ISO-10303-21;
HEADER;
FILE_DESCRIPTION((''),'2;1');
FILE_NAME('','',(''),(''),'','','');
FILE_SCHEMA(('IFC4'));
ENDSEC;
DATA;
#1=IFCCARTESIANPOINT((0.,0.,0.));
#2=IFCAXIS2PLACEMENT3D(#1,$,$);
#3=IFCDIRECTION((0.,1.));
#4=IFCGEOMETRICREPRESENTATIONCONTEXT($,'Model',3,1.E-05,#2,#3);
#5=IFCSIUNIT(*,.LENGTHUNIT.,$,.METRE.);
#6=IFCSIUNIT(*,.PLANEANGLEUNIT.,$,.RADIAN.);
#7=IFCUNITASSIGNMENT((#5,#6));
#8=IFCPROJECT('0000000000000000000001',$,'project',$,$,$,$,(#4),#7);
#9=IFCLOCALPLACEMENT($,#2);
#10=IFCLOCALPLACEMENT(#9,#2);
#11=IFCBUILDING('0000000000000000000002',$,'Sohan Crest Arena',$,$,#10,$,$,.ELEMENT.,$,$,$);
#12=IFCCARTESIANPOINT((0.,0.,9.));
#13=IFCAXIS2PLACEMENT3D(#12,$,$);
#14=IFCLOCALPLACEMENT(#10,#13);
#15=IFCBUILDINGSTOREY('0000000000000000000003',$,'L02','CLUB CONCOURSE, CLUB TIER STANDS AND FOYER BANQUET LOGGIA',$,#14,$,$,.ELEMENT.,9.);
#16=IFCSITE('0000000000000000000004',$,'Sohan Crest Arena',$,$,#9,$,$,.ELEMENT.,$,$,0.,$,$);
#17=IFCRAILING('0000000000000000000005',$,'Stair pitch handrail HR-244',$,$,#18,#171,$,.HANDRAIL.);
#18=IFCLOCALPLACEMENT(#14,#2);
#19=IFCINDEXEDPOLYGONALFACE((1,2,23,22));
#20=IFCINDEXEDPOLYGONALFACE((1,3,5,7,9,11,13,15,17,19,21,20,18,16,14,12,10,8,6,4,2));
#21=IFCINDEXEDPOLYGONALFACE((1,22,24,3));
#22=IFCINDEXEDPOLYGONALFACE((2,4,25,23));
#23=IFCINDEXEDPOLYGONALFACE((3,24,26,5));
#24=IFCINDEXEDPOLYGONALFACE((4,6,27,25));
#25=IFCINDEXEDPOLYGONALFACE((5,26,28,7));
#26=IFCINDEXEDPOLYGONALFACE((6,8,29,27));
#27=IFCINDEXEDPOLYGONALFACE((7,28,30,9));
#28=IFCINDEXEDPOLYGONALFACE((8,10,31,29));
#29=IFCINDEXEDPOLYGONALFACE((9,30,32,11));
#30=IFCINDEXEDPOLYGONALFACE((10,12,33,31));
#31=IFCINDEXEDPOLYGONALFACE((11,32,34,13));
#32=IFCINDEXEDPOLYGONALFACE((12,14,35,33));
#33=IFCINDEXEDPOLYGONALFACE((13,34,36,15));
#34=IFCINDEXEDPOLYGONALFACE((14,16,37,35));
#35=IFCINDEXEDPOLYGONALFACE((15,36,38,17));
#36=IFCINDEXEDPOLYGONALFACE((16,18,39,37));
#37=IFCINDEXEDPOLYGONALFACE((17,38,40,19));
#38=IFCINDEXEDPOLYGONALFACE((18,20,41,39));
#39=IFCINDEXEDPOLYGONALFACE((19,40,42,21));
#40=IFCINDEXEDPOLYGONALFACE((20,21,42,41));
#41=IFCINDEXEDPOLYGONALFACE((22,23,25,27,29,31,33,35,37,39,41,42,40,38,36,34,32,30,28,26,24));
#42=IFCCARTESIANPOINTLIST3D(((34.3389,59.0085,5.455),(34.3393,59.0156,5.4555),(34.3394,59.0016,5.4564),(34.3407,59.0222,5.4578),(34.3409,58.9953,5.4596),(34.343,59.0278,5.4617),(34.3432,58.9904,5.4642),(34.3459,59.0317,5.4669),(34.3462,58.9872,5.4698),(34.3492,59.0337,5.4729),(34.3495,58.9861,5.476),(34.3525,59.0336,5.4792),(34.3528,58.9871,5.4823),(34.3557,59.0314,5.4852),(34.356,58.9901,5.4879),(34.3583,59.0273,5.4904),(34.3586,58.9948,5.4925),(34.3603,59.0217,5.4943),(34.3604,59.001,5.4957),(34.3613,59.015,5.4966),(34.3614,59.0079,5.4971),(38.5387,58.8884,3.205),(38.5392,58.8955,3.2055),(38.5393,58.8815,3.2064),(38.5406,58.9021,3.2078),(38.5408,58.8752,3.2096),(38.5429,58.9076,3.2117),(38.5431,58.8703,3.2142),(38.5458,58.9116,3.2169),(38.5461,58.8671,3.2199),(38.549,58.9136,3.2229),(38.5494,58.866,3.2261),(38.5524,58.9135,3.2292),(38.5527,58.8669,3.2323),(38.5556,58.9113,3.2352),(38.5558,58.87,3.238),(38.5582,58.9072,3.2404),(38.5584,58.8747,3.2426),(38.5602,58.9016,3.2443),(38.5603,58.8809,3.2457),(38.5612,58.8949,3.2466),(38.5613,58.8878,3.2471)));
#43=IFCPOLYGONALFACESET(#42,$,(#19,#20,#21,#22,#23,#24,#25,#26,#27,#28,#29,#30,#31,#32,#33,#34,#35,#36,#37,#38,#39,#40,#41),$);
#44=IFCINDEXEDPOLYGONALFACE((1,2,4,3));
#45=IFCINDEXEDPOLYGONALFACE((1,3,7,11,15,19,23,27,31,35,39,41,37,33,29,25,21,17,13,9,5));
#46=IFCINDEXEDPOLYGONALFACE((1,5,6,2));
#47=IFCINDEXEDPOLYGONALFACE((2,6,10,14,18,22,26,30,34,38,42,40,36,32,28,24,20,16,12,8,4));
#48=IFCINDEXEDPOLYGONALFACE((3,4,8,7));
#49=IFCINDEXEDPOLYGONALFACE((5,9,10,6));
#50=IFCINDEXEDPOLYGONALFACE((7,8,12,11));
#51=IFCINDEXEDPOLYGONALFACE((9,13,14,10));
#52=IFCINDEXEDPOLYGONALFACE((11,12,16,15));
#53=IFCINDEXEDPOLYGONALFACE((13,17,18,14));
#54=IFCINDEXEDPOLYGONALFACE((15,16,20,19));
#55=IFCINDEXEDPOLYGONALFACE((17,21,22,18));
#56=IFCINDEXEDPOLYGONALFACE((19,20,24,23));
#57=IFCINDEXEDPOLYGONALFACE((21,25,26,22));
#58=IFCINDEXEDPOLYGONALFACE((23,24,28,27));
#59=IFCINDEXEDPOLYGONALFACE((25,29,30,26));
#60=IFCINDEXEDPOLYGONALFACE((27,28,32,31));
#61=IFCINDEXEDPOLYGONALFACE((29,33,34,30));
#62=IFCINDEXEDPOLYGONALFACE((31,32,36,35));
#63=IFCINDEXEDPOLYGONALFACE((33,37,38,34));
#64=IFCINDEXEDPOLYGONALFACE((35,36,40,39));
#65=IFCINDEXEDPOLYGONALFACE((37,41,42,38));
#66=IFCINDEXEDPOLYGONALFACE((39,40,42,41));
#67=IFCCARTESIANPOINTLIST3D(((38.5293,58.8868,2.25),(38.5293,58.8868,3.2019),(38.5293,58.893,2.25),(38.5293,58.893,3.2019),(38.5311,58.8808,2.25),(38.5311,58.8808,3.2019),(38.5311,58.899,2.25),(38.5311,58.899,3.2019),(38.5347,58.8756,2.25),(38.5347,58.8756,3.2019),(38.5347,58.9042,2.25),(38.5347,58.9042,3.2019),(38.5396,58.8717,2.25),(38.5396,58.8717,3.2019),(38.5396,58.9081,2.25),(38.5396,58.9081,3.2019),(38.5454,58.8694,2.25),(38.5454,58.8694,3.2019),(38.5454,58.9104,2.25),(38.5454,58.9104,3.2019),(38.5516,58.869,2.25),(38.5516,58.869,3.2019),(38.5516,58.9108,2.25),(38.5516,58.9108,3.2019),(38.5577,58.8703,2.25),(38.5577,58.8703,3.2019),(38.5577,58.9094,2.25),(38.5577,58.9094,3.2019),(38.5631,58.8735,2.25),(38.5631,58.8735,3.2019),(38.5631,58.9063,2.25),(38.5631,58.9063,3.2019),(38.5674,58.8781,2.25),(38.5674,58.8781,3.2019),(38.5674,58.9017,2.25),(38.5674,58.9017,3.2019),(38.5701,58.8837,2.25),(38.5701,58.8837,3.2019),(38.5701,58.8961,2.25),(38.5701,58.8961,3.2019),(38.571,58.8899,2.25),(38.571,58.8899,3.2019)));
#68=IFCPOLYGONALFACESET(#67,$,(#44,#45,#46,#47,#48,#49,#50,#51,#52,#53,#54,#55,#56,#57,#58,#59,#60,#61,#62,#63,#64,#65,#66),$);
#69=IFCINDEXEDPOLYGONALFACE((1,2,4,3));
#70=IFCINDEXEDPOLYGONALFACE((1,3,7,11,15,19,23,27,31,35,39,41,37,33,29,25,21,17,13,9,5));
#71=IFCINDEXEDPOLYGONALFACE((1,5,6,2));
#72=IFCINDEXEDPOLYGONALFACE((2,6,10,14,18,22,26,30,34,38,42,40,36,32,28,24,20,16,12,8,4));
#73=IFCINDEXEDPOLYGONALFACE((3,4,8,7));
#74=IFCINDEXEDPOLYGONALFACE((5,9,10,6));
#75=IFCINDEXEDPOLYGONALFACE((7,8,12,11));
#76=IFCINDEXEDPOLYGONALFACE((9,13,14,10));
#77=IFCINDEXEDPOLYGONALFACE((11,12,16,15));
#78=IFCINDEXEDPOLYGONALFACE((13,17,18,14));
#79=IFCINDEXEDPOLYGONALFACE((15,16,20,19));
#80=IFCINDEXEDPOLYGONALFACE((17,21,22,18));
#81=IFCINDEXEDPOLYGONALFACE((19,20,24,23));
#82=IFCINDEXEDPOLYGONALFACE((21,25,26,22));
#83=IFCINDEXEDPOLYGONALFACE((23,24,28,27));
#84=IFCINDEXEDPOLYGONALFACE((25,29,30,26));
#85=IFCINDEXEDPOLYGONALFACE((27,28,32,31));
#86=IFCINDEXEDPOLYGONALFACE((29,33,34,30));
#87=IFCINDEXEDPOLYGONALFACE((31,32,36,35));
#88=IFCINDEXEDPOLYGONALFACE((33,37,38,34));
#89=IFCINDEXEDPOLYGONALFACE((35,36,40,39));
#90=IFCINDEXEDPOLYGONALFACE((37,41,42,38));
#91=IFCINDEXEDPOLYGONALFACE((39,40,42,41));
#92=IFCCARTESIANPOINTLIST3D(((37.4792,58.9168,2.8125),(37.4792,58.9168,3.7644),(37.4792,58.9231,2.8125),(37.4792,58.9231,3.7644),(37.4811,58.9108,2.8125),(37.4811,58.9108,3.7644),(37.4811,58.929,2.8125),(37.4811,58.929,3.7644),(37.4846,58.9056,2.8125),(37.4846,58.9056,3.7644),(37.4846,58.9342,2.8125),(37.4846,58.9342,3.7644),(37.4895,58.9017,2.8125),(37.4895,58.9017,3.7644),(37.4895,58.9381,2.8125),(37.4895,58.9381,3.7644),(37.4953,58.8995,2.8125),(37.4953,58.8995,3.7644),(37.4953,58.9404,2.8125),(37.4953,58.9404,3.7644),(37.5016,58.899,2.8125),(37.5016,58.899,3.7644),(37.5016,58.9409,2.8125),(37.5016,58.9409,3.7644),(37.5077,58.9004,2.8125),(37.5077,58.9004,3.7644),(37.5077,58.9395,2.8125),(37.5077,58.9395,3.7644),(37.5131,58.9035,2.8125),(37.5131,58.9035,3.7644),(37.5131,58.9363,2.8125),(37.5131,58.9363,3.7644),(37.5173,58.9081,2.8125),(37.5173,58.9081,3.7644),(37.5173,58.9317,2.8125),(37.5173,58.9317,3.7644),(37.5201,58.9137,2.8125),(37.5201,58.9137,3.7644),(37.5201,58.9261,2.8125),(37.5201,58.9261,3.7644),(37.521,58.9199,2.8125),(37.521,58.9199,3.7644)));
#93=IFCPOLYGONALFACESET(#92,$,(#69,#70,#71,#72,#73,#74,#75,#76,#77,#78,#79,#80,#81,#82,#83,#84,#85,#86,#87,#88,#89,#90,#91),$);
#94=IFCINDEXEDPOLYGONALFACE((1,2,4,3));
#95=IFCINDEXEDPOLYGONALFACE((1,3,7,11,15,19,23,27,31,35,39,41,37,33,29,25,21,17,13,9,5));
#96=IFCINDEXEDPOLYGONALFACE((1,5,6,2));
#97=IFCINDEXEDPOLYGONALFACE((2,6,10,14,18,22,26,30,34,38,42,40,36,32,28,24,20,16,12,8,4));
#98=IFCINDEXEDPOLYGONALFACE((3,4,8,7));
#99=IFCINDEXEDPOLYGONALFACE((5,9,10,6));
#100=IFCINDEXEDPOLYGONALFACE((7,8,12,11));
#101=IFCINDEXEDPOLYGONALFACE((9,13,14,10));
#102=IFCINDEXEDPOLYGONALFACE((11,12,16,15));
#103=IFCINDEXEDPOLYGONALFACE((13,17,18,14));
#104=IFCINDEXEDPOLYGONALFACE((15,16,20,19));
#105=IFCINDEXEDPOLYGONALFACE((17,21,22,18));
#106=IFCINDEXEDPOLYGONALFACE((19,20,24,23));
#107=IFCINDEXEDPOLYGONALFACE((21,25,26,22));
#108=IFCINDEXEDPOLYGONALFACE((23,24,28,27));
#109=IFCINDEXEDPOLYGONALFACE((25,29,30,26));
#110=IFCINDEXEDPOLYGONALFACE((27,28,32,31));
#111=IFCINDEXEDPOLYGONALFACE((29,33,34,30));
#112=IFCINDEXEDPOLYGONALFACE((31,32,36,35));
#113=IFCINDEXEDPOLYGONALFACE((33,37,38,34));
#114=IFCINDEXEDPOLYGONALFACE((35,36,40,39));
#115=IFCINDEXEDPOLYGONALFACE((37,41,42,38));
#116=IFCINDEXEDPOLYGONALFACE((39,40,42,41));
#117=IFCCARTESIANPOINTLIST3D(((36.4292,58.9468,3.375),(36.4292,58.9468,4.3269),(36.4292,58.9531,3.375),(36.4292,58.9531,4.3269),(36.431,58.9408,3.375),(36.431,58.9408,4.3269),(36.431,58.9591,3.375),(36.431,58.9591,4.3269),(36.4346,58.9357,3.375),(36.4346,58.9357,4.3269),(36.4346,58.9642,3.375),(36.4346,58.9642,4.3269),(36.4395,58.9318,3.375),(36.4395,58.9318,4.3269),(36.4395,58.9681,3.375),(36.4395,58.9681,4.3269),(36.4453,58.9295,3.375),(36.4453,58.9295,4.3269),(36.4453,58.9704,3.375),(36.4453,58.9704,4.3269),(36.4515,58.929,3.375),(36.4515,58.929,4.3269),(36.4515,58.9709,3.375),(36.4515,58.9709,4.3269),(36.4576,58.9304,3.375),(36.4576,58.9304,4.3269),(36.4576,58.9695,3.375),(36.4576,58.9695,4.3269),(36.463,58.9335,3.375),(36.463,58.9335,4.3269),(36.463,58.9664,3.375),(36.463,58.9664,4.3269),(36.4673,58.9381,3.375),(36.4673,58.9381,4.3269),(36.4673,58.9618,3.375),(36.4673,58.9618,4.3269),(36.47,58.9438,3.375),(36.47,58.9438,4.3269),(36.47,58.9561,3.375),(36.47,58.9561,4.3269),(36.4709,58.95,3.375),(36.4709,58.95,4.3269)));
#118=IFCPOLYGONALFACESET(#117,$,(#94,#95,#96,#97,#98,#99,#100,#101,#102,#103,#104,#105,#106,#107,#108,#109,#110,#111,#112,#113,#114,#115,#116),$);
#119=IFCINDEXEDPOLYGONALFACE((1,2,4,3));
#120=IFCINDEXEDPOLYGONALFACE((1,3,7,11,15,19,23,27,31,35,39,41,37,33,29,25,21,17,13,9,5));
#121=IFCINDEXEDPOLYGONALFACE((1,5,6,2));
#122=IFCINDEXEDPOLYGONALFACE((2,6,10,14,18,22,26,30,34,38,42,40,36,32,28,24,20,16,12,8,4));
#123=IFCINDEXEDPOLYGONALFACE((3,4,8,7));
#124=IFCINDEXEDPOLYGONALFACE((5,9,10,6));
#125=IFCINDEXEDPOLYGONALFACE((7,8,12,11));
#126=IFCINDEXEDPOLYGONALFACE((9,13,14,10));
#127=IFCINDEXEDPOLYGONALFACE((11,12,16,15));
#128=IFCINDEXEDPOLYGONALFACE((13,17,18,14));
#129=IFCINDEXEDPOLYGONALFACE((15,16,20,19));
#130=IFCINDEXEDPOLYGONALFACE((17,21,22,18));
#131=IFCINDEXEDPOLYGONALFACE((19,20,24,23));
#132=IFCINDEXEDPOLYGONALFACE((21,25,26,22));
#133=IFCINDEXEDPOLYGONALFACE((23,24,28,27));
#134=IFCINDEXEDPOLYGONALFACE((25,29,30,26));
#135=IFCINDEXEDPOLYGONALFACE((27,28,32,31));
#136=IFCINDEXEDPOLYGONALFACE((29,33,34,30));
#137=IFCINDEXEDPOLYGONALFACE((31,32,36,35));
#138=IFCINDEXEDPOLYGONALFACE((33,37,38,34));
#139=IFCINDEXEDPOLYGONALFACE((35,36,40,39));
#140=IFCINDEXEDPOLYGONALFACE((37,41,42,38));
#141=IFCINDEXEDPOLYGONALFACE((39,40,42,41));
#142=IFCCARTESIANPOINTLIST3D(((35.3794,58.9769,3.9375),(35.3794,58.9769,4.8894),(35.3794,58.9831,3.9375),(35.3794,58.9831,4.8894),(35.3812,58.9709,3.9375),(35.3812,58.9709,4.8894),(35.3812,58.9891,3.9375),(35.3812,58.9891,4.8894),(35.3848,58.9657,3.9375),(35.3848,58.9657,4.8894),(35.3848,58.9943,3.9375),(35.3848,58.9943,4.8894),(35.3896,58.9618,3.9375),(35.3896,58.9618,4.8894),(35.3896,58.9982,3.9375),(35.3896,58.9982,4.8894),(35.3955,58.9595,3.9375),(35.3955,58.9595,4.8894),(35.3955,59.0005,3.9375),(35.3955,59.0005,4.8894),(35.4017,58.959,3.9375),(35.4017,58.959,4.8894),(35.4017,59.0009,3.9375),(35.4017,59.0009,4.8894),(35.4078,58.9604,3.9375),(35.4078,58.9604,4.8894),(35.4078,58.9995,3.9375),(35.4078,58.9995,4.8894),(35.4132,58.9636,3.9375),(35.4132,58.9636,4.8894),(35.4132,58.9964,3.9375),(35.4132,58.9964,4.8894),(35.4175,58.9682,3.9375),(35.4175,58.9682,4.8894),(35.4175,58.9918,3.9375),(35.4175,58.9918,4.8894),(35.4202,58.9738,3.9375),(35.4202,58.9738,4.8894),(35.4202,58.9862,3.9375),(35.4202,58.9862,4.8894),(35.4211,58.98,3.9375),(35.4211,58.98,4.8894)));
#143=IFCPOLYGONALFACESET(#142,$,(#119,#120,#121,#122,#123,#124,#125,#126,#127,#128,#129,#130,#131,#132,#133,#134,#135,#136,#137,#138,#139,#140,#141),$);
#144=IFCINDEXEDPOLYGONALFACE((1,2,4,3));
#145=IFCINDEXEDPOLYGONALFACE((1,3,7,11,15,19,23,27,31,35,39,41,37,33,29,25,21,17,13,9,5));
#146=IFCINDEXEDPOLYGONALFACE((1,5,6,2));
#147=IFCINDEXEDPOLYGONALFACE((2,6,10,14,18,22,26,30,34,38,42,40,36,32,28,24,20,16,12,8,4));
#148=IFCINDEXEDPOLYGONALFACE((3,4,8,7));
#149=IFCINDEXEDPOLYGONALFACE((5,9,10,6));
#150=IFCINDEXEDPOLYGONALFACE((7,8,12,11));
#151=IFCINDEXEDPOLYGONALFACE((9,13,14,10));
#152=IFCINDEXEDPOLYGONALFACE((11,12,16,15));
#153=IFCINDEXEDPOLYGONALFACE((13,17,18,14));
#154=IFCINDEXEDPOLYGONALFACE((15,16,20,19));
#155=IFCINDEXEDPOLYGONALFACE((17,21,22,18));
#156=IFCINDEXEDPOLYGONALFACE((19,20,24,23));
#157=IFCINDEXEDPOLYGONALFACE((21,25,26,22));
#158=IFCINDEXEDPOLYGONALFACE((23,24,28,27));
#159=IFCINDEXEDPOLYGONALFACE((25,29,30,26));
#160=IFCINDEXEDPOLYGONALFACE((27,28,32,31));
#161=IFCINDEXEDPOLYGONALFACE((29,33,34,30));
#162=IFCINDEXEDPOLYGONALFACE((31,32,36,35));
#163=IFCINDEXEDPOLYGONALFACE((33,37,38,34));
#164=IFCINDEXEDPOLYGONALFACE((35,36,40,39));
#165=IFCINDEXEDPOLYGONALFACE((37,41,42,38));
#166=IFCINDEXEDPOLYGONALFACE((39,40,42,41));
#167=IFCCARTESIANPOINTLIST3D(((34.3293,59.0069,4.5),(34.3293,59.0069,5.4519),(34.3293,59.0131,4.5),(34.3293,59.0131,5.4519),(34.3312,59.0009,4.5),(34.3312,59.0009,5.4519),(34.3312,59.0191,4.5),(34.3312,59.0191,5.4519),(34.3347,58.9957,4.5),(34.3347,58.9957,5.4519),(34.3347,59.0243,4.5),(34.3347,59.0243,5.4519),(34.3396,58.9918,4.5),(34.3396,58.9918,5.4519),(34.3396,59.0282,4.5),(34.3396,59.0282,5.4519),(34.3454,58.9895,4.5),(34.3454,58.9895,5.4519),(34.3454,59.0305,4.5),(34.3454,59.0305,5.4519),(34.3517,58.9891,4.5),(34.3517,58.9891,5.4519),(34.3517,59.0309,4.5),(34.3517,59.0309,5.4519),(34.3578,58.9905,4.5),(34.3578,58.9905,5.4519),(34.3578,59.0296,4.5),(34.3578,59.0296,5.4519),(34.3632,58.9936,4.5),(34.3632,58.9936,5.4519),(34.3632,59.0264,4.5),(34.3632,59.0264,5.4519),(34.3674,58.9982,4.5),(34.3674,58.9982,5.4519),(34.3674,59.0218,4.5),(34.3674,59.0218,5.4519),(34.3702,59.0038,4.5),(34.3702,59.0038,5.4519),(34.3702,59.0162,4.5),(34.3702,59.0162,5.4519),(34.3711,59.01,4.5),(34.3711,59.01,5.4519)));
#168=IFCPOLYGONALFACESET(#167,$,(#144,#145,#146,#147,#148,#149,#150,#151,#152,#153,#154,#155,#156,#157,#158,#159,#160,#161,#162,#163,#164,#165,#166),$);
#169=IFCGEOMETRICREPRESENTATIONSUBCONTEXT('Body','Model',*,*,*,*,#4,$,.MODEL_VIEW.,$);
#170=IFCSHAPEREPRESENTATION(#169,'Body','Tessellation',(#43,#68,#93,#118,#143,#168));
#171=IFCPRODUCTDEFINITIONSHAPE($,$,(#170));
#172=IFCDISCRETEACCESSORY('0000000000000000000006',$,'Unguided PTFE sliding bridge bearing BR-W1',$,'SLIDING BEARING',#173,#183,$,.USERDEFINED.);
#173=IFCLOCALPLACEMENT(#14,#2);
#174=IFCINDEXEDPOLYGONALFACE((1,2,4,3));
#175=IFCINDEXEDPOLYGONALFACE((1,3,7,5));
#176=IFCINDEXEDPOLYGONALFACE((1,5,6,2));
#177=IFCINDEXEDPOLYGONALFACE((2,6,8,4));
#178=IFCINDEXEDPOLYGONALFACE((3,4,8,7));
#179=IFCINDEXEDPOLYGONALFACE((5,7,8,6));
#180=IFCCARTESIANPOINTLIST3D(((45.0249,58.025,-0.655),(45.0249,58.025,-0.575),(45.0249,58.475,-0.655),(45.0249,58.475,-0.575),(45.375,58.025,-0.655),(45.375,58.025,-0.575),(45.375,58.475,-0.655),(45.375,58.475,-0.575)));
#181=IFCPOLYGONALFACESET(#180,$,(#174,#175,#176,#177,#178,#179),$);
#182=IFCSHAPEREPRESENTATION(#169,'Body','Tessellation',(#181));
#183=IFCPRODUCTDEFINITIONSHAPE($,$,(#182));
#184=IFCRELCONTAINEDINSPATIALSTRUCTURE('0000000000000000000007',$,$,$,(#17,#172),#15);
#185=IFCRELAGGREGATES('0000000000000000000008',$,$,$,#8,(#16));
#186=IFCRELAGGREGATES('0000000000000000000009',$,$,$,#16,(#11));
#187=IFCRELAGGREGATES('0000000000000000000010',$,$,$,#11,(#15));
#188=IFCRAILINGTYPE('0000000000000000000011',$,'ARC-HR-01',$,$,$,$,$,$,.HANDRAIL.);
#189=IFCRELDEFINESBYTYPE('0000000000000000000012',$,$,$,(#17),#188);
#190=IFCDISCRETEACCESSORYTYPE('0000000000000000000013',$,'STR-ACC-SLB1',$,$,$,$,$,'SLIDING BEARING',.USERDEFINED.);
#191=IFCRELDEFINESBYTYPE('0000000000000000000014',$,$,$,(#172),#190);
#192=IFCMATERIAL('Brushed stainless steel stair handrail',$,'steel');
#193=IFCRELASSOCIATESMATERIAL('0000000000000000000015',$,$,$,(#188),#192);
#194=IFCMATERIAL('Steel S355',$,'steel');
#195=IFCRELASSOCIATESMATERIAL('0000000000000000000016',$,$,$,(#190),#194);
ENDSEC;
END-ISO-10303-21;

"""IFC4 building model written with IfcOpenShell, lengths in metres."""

from ifc_helpers import new_model, si_unit, direction, frame, origin, origin_2d, place, context, subcontext, project, spatial, rectangle, circle, extrude, material, type_object, element, save


model = new_model("IFC4")

# Units and contexts
model_context = context("Model", 3, precision=1e-05, world=origin(), true_north=direction((0.0, 1.0)))
body_context = subcontext(model_context, "Body", "Model", "MODEL_VIEW")
ifc_project = project(units=[si_unit("LENGTHUNIT", "METRE"), si_unit("PLANEANGLEUNIT", "RADIAN")], contexts=[model_context])

# Site, building, storey
site_placement = place(None, origin())
site = spatial("IfcSite", under=ifc_project, at=site_placement, Name="Sohan Crest Arena", CompositionType="ELEMENT", RefElevation=0.0)
building_placement = place(site_placement, origin())
building = spatial("IfcBuilding", under=site, at=building_placement, Name="Sohan Crest Arena", CompositionType="ELEMENT")
storey_placement = place(building_placement, frame((0.0, 0.0, 9.0)))
storey = spatial("IfcBuildingStorey", under=building, at=storey_placement, Name="L02", Description="CLUB CONCOURSE, CLUB TIER STANDS AND FOYER BANQUET LOGGIA", CompositionType="ELEMENT", Elevation=9.0)

# Shared definitions
ifc_material_1 = material(Name="Steel S355", Category="steel")

# Railing
ifc_material_2 = material(Name="Brushed stainless steel stair handrail", Category="steel")
railing_type_1 = type_object("IfcRailingType", Name="ARC-HR-01", PredefinedType="HANDRAIL", material=ifc_material_2)
railing_1_placement = place(storey_placement, frame((38.55, 58.8899, 2.25)))
element("IfcRailing", 1, at=railing_1_placement, inside=storey, type_object=railing_type_1, Name="Stair pitch handrail HR-244", PredefinedType="HANDRAIL", context=body_context, shape_type="SweptSolid", body=[
    extrude(circle(Radius=0.0239, at=origin_2d()), frame((0.0, 0.0, 0.9761), z_axis=(-0.881198, 0.025202, 0.472076), x_axis=(-0.028588, -0.999591, 0.0)), (0.0, 0.0, 1.0), 4.7661),
    extrude(circle(Radius=0.021, at=origin_2d()), origin(), (0.0, 0.0, 1.0), 0.9519),
    extrude(circle(Radius=0.021, at=origin_2d()), frame((-1.05, 0.03, 0.5625)), (0.0, 0.0, 1.0), 0.9519),
    extrude(circle(Radius=0.021, at=origin_2d()), frame((-2.1001, 0.0601, 1.125)), (0.0, 0.0, 1.0), 0.9519),
    extrude(circle(Radius=0.021, at=origin_2d()), frame((-3.1499, 0.0901, 1.6875)), (0.0, 0.0, 1.0), 0.9519),
    extrude(circle(Radius=0.021, at=origin_2d()), frame((-4.2, 0.1201, 2.25)), (0.0, 0.0, 1.0), 0.9519),
])

# Discrete accessory
discrete_accessory_type = type_object("IfcDiscreteAccessoryType", Name="STR-ACC-SLB1", ElementType="SLIDING BEARING", PredefinedType="USERDEFINED", material=ifc_material_1)
discrete_accessory_placement = place(storey_placement, frame((45.2, 58.25, -0.655), z_axis=(0.0, 0.0, 1.0), x_axis=(1.0, 0.0, 0.0)))
element("IfcDiscreteAccessory", 2, at=discrete_accessory_placement, inside=storey, type_object=discrete_accessory_type, Name="Unguided PTFE sliding bridge bearing BR-W1", ObjectType="SLIDING BEARING", PredefinedType="USERDEFINED", context=body_context, shape_type="SweptSolid", body=[
    extrude(rectangle(XDim=0.3501, YDim=0.45, at=origin_2d()), origin(), (0.0, 0.0, 1.0), 0.0801),
])

save(model, "model.ifc")
